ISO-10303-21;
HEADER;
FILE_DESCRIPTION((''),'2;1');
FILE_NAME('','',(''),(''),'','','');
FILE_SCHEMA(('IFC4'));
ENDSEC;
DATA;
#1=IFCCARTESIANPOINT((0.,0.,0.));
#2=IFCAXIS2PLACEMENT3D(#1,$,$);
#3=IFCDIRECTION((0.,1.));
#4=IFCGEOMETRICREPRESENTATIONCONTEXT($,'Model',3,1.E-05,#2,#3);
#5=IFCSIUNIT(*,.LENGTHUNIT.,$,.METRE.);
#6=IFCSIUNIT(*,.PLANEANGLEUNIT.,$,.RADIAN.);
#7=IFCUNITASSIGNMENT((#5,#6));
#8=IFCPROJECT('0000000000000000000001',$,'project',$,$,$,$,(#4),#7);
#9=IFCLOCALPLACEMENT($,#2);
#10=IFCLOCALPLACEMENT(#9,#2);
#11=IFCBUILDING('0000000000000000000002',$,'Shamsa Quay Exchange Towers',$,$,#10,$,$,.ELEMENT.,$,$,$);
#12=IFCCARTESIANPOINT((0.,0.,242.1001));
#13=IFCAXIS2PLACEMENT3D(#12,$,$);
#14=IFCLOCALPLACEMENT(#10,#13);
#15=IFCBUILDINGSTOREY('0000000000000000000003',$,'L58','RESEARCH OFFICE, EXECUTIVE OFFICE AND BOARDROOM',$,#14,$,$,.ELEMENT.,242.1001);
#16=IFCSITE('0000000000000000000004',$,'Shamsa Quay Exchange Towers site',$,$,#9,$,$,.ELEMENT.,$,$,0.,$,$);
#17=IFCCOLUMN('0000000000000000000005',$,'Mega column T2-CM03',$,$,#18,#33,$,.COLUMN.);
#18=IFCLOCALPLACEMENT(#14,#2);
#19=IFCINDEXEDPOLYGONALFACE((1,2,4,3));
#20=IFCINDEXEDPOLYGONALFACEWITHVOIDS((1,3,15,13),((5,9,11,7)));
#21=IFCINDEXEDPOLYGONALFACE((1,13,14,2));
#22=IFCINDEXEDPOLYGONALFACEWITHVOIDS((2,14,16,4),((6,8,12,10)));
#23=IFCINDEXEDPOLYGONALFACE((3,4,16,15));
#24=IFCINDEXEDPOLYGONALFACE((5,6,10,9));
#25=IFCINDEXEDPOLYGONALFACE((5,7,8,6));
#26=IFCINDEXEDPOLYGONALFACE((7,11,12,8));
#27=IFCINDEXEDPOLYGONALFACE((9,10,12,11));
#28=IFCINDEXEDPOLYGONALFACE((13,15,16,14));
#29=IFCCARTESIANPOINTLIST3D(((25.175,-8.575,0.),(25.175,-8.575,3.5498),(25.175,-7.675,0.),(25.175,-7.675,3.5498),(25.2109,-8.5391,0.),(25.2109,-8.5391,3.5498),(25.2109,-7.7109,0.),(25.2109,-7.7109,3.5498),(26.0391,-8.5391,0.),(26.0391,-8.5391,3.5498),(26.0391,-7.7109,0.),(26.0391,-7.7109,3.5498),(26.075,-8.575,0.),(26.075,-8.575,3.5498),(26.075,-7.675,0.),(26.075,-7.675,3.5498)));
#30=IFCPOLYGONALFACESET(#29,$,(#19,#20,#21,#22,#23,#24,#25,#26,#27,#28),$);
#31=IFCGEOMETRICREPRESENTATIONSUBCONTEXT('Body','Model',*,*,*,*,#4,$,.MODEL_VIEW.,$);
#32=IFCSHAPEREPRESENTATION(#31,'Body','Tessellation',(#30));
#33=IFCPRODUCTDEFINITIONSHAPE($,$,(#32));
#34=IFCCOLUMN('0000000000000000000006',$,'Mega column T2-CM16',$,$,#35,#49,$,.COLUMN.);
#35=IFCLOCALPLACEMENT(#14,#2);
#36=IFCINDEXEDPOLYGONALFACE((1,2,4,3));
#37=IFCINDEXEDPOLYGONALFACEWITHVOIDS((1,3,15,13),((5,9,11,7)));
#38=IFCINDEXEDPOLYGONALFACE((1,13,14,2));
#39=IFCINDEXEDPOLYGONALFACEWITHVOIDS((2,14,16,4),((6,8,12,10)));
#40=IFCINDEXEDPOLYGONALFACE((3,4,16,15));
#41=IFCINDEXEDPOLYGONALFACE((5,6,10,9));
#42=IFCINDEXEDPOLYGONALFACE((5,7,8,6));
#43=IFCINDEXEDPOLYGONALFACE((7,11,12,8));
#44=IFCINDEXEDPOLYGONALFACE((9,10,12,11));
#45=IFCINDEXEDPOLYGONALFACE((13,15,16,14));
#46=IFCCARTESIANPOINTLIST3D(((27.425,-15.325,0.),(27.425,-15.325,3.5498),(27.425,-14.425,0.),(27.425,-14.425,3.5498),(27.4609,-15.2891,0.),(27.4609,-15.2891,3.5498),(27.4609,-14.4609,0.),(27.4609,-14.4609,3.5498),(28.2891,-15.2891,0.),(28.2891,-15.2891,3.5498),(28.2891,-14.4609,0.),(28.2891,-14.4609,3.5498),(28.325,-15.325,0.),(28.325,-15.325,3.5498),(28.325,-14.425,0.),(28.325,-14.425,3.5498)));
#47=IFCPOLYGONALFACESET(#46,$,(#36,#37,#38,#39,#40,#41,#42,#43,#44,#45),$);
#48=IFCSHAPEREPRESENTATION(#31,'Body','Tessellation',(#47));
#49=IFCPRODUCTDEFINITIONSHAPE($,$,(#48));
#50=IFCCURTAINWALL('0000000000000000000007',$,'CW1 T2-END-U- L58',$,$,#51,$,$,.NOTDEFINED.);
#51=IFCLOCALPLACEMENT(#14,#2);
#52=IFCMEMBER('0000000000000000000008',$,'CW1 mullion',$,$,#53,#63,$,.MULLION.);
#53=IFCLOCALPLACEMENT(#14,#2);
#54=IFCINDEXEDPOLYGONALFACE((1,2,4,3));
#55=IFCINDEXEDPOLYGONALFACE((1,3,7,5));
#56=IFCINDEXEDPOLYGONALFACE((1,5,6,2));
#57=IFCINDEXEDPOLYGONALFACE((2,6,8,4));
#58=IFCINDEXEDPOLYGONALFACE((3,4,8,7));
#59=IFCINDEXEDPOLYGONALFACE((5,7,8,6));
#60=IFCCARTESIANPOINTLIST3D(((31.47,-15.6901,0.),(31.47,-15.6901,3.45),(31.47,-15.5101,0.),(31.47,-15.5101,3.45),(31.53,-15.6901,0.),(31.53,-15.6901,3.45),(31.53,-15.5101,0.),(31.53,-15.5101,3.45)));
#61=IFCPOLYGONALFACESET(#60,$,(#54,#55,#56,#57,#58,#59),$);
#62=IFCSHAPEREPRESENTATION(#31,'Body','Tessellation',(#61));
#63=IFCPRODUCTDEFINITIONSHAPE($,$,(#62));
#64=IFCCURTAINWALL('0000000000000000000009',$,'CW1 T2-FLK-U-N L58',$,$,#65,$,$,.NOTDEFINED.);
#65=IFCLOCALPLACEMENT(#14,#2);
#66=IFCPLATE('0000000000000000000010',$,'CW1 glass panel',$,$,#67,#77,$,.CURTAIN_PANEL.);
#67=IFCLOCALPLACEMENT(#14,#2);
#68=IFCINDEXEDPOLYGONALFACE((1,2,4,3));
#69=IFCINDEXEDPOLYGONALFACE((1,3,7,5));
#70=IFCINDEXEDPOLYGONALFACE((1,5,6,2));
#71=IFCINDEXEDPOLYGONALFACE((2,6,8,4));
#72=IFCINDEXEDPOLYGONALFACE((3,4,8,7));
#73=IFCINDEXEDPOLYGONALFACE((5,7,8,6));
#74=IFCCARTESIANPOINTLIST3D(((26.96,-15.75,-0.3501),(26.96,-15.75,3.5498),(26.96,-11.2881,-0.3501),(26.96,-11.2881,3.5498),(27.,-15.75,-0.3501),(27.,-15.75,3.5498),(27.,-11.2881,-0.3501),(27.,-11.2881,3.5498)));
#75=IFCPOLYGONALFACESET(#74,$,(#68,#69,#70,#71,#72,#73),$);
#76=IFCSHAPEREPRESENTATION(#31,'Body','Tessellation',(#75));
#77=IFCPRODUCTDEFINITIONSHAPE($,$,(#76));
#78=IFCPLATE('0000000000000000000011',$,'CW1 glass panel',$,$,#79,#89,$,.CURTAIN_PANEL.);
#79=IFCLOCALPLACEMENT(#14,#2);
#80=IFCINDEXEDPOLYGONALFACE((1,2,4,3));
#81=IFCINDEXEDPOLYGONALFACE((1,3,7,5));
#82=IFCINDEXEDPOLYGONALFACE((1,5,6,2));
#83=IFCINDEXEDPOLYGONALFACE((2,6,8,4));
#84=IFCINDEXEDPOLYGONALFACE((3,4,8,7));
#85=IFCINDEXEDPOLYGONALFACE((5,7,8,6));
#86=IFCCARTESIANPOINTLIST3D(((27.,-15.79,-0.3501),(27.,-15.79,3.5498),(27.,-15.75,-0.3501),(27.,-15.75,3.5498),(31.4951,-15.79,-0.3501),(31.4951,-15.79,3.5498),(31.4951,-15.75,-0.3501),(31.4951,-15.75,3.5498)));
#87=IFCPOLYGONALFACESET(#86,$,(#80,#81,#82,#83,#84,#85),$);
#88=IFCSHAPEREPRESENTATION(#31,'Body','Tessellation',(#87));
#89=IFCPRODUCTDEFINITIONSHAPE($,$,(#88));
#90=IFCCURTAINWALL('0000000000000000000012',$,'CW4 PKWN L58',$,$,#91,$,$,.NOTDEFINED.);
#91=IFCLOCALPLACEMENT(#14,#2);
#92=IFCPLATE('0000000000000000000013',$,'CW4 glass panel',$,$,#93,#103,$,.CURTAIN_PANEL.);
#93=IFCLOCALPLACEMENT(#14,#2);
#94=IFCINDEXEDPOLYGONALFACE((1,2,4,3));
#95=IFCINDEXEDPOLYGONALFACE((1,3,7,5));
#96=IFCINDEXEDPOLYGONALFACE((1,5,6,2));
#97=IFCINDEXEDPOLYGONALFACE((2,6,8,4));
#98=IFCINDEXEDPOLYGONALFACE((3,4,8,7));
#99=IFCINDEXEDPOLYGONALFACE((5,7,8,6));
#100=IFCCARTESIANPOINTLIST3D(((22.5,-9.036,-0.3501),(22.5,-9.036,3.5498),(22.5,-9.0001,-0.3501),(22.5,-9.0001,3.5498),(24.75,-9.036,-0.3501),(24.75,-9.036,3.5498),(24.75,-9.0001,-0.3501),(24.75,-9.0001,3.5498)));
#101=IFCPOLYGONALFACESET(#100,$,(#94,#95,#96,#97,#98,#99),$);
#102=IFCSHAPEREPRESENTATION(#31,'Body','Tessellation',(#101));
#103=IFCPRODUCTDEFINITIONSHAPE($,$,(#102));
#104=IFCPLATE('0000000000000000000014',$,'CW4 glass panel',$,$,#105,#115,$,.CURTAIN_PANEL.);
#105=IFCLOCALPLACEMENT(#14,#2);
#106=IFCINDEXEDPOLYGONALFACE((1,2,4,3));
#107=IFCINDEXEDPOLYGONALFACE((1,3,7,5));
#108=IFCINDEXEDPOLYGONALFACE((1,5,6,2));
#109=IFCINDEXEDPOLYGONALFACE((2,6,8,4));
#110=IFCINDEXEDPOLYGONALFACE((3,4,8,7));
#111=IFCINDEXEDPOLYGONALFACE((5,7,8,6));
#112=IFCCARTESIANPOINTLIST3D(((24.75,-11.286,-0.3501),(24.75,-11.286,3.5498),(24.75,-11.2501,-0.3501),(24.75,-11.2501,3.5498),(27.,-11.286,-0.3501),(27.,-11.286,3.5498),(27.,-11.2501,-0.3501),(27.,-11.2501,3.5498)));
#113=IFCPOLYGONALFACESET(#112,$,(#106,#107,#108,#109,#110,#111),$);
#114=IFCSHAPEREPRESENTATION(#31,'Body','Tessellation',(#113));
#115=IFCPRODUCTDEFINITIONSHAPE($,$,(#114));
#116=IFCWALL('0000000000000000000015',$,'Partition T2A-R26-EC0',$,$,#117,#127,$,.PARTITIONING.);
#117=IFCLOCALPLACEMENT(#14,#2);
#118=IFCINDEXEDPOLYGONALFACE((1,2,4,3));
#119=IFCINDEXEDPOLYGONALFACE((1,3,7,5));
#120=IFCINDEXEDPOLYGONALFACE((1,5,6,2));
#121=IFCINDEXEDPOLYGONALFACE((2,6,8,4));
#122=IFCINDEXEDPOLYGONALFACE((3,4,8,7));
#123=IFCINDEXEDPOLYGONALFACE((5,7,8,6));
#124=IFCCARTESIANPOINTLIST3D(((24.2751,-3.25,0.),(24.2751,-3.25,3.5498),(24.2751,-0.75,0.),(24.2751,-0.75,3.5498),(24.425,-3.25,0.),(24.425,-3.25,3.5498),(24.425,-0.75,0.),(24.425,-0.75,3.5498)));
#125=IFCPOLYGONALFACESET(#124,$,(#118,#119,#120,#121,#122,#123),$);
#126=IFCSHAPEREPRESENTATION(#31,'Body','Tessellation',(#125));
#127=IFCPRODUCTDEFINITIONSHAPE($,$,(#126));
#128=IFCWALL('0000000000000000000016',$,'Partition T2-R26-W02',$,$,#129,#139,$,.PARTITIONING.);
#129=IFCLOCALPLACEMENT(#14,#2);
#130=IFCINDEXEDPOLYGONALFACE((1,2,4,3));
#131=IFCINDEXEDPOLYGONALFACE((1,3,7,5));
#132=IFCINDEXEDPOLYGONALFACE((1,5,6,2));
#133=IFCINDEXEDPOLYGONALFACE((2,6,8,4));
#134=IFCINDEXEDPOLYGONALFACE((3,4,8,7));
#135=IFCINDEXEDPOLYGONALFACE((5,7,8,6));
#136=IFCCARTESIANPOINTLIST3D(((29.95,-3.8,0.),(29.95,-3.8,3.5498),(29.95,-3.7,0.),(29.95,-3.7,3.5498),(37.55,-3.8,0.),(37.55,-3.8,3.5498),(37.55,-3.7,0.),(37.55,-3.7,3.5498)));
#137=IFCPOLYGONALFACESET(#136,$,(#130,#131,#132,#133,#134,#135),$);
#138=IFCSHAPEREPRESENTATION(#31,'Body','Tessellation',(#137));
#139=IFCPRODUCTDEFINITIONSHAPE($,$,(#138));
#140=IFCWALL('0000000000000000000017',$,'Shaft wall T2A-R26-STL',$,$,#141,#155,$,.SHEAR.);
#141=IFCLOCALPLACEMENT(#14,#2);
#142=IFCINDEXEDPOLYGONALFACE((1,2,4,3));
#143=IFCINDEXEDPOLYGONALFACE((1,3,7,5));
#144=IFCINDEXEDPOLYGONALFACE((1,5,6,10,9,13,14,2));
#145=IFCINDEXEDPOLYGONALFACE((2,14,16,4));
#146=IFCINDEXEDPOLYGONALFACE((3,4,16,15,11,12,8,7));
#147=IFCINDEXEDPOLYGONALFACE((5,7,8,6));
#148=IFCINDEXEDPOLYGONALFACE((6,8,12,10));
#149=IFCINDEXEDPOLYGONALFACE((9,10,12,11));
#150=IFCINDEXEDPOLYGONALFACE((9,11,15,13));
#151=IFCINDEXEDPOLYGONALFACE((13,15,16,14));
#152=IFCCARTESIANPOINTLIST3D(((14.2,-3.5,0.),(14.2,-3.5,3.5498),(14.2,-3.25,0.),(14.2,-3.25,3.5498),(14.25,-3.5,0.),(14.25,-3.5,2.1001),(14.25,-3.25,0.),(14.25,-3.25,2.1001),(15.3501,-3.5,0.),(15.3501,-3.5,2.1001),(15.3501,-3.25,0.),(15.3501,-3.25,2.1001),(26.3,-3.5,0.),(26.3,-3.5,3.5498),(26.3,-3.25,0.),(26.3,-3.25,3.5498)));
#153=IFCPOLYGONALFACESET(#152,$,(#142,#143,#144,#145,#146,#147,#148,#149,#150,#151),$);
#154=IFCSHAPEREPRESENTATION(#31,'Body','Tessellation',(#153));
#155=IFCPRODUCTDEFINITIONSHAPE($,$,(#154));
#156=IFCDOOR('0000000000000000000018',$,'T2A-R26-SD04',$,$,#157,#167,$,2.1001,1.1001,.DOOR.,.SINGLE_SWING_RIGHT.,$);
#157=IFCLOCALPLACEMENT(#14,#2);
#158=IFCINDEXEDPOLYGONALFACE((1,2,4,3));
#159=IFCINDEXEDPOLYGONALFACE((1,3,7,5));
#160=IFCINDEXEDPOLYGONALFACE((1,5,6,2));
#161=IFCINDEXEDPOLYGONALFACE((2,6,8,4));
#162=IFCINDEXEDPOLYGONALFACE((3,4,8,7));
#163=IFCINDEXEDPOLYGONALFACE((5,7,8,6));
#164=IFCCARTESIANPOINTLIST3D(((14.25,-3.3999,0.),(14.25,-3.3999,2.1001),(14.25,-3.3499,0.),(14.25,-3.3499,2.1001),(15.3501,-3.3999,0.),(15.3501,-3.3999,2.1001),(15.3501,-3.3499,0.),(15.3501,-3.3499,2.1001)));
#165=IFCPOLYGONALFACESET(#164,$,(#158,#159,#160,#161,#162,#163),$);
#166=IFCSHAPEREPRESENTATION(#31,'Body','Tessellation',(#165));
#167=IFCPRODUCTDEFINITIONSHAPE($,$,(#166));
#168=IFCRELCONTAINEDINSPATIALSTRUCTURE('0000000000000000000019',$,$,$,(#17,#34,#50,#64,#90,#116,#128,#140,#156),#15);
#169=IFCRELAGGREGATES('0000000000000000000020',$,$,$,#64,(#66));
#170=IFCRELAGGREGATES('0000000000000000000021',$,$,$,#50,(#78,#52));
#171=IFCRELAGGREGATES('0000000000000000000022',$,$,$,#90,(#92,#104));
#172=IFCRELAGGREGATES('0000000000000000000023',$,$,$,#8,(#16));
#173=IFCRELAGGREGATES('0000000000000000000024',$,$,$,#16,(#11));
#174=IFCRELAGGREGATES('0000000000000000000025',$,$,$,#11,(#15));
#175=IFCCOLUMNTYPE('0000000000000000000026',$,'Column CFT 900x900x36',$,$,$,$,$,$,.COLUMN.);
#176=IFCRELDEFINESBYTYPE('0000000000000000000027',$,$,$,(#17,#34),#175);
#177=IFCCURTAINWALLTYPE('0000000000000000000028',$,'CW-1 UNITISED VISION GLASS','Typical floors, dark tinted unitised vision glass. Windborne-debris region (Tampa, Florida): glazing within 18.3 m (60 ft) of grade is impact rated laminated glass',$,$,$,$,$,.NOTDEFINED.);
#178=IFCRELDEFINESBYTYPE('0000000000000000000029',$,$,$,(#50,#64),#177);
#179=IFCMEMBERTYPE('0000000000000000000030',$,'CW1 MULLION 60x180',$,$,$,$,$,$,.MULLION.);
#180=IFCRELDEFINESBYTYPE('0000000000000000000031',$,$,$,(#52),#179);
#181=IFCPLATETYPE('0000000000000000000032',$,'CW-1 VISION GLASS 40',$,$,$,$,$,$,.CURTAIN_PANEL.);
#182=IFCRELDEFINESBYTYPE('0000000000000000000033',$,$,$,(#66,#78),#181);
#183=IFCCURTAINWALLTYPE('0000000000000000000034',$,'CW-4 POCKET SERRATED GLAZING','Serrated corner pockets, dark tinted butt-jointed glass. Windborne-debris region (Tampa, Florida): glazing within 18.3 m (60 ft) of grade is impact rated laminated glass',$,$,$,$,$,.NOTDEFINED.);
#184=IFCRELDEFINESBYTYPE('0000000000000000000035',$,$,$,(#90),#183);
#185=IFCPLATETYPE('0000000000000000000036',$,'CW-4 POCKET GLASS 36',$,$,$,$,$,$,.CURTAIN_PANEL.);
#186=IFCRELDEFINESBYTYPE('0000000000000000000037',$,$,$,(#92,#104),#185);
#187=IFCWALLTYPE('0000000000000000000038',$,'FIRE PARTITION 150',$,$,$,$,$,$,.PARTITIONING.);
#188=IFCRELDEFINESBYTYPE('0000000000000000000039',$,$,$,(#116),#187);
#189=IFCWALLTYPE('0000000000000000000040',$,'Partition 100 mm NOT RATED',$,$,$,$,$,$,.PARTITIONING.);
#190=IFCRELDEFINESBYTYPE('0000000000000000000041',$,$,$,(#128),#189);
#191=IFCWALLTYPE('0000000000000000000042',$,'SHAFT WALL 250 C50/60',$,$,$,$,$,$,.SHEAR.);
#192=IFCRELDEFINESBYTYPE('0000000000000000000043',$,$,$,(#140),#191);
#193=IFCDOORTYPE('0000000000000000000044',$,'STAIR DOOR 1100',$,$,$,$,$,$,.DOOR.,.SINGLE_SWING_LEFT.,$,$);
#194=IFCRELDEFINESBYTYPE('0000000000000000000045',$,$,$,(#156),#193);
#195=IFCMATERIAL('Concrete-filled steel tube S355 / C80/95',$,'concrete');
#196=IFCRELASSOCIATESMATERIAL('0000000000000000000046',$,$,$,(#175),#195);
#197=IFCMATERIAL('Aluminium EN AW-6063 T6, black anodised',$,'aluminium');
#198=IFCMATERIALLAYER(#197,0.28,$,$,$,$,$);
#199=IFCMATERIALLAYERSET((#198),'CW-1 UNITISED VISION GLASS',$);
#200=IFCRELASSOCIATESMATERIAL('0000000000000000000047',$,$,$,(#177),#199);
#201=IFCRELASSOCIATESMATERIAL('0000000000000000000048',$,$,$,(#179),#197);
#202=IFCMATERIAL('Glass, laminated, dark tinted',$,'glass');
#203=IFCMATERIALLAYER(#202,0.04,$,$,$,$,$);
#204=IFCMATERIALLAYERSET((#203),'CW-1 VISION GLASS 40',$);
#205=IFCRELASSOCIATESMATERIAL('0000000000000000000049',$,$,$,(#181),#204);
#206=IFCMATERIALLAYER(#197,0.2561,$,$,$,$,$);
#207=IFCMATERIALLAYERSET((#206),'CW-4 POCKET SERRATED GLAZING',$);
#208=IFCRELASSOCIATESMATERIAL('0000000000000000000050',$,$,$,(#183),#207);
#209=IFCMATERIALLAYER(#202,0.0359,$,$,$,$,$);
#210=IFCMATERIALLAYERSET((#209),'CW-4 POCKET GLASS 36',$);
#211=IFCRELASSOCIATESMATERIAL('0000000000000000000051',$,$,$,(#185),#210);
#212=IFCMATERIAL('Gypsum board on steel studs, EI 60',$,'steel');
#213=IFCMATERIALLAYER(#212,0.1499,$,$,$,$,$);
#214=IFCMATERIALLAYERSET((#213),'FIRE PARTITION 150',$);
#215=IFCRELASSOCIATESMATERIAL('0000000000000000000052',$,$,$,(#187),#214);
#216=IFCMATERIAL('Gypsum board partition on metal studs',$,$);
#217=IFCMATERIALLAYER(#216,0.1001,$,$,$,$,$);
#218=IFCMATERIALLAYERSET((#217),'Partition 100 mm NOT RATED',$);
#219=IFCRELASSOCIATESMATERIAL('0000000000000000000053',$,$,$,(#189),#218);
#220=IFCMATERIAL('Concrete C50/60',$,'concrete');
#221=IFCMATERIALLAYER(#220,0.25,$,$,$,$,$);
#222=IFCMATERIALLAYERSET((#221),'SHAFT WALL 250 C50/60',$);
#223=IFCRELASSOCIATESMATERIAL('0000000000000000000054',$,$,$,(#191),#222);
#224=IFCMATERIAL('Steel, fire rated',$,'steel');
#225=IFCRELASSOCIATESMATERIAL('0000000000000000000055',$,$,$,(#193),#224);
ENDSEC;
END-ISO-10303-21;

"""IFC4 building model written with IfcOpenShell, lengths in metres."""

from ifc_helpers import new_model, si_unit, direction, frame, frame_2d, origin, origin_2d, place, context, subcontext, project, spatial, rectangle, hollow_rectangle, extrude, material, layer, layer_set, material_profile, profile_set, type_object, element, fill, aggregate, save


model = new_model("IFC4")

# Units and contexts
model_context = context("Model", 3, precision=1e-05, world=origin(), true_north=direction((0.0, 1.0)))
body_context = subcontext(model_context, "Body", "Model", "MODEL_VIEW")
ifc_project = project(units=[si_unit("LENGTHUNIT", "METRE"), si_unit("PLANEANGLEUNIT", "RADIAN")], contexts=[model_context])

# Site, building, storey
site_placement = place(None, origin())
site = spatial("IfcSite", under=ifc_project, at=site_placement, Name="Shamsa Quay Exchange Towers site", CompositionType="ELEMENT", RefElevation=0.0)
building_placement = place(site_placement, origin())
building = spatial("IfcBuilding", under=site, at=building_placement, Name="Shamsa Quay Exchange Towers", CompositionType="ELEMENT")
storey_placement = place(building_placement, frame((0.0, 0.0, 242.1001)))
storey = spatial("IfcBuildingStorey", under=building, at=storey_placement, Name="L58", Description="RESEARCH OFFICE, EXECUTIVE OFFICE AND BOARDROOM", CompositionType="ELEMENT", Elevation=242.1001)

# Columns
ifc_material_1 = material(Name="Concrete-filled steel tube S355 / C80/95", Category="concrete")
ifc_material_profile_1 = material_profile(ifc_material_1, hollow_rectangle(XDim=0.8999, YDim=0.8999, WallThickness=0.0359, at=origin_2d()), Name="CFT 900x900x36")
ifc_profile_set_1 = profile_set([ifc_material_profile_1], Name="Concrete-filled steel tube S355 / C80/95")
column_type = type_object("IfcColumnType", Name="Column CFT 900x900x36", PredefinedType="COLUMN", material=ifc_profile_set_1)
for number, where, name in (
    (1, (25.625, -8.125, 0.0), "Mega column T2-CM03"),
    (2, (27.875, -14.875, 0.0), "Mega column T2-CM16"),
):
    element("IfcColumn", number, at=place(storey_placement, frame(where)), inside=storey, type_object=column_type, Name=name, PredefinedType="COLUMN", context=body_context, shape_type="SweptSolid", body=[
        extrude(hollow_rectangle(XDim=0.8999, YDim=0.8999, WallThickness=0.0359, at=origin_2d()), origin(), (0.0, 0.0, 1.0), 3.5498),
    ])

# Curtain wall, member
ifc_material_2 = material(Name="Aluminium EN AW-6063 T6, black anodised", Category="aluminium")
ifc_layer_1 = layer(ifc_material_2, 0.28)
ifc_layer_set_1 = layer_set([ifc_layer_1], Name="CW-1 UNITISED VISION GLASS")
curtain_wall_type_1 = type_object("IfcCurtainWallType", Name="CW-1 UNITISED VISION GLASS", Description="Typical floors, dark tinted unitised vision glass. Windborne-debris region (Tampa, Florida): glazing within 18.3 m (60 ft) of grade is impact rated laminated glass", PredefinedType="NOTDEFINED", material=ifc_layer_set_1)
curtain_wall_1_placement = place(storey_placement, origin())
curtain_wall_1 = element("IfcCurtainWall", 3, at=curtain_wall_1_placement, inside=storey, type_object=curtain_wall_type_1, Name="CW1 T2-END-U- L58", PredefinedType="NOTDEFINED")
ifc_material_profile_2 = material_profile(ifc_material_2, rectangle(XDim=0.1799, YDim=0.0601, at=origin_2d()), Name="MU60x180")
ifc_profile_set_2 = profile_set([ifc_material_profile_2], Name="Aluminium EN AW-6063 T6, black anodised")
member_type = type_object("IfcMemberType", Name="CW1 MULLION 60x180", PredefinedType="MULLION", material=ifc_profile_set_2)
member_placement = place(storey_placement, frame((31.5, -15.6001, 0.0), z_axis=(0.0, 0.0, 1.0), x_axis=(0.0, 1.0, 0.0)))
member = element("IfcMember", 4, at=member_placement, type_object=member_type, Name="CW1 mullion", PredefinedType="MULLION", context=body_context, shape_type="SweptSolid", body=[
    extrude(rectangle(XDim=0.1799, YDim=0.0601, at=origin_2d()), origin(), (0.0, 0.0, 1.0), 3.45),
])

# Curtain wall, plate
curtain_wall_2_placement = place(storey_placement, origin())
curtain_wall_2 = element("IfcCurtainWall", 5, at=curtain_wall_2_placement, inside=storey, type_object=curtain_wall_type_1, Name="CW1 T2-FLK-U-N L58", PredefinedType="NOTDEFINED")
ifc_material_3 = material(Name="Glass, laminated, dark tinted", Category="glass")
ifc_layer_2 = layer(ifc_material_3, 0.04)
ifc_layer_set_2 = layer_set([ifc_layer_2], Name="CW-1 VISION GLASS 40")
plate_type_1 = type_object("IfcPlateType", Name="CW-1 VISION GLASS 40", PredefinedType="CURTAIN_PANEL", material=ifc_layer_set_2)
plate_1_placement = place(storey_placement, frame((26.98, -13.519, -0.3501), z_axis=(0.0, 0.0, 1.0), x_axis=(0.0, -1.0, 0.0)))
plate_1 = element("IfcPlate", 6, at=plate_1_placement, type_object=plate_type_1, Name="CW1 glass panel", PredefinedType="CURTAIN_PANEL", context=body_context, shape_type="SweptSolid", body=[
    extrude(rectangle(XDim=4.4619, YDim=0.04, at=origin_2d()), origin(), (0.0, 0.0, 1.0), 3.8999),
])
aggregate(curtain_wall_2, [plate_1])

# Plate
plate_2_placement = place(storey_placement, frame((29.2476, -15.77, -0.3501)))
plate_2 = element("IfcPlate", 7, at=plate_2_placement, type_object=plate_type_1, Name="CW1 glass panel", PredefinedType="CURTAIN_PANEL", context=body_context, shape_type="SweptSolid", body=[
    extrude(rectangle(XDim=4.4951, YDim=0.04, at=origin_2d()), origin(), (0.0, 0.0, 1.0), 3.8999),
])
aggregate(curtain_wall_1, [plate_2, member])

# Curtain wall, plates
ifc_layer_3 = layer(ifc_material_2, 0.2561)
ifc_layer_set_3 = layer_set([ifc_layer_3], Name="CW-4 POCKET SERRATED GLAZING")
curtain_wall_type_2 = type_object("IfcCurtainWallType", Name="CW-4 POCKET SERRATED GLAZING", Description="Serrated corner pockets, dark tinted butt-jointed glass. Windborne-debris region (Tampa, Florida): glazing within 18.3 m (60 ft) of grade is impact rated laminated glass", PredefinedType="NOTDEFINED", material=ifc_layer_set_3)
curtain_wall_3_placement = place(storey_placement, origin())
curtain_wall_3 = element("IfcCurtainWall", 8, at=curtain_wall_3_placement, inside=storey, type_object=curtain_wall_type_2, Name="CW4 PKWN L58", PredefinedType="NOTDEFINED")
ifc_layer_4 = layer(ifc_material_3, 0.0359)
ifc_layer_set_4 = layer_set([ifc_layer_4], Name="CW-4 POCKET GLASS 36")
plate_type_2 = type_object("IfcPlateType", Name="CW-4 POCKET GLASS 36", PredefinedType="CURTAIN_PANEL", material=ifc_layer_set_4)
plate_3_placement = place(storey_placement, frame((23.625, -9.0181, -0.3501)))
plate_3 = element("IfcPlate", 9, at=plate_3_placement, type_object=plate_type_2, Name="CW4 glass panel", PredefinedType="CURTAIN_PANEL", context=body_context, shape_type="SweptSolid", body=[
    extrude(rectangle(XDim=2.25, YDim=0.0359, at=origin_2d()), origin(), (0.0, 0.0, 1.0), 3.8999),
])
plate_4_placement = place(storey_placement, frame((25.875, -11.2681, -0.3501)))
plate_4 = element("IfcPlate", 10, at=plate_4_placement, type_object=plate_type_2, Name="CW4 glass panel", PredefinedType="CURTAIN_PANEL", context=body_context, shape_type="SweptSolid", body=[
    extrude(rectangle(XDim=2.25, YDim=0.0359, at=origin_2d()), origin(), (0.0, 0.0, 1.0), 3.8999),
])
aggregate(curtain_wall_3, [plate_3, plate_4])

# Walls
ifc_material_4 = material(Name="Gypsum board on steel studs, EI 60", Category="steel")
ifc_layer_5 = layer(ifc_material_4, 0.1499)
ifc_layer_set_5 = layer_set([ifc_layer_5], Name="FIRE PARTITION 150")
wall_type_1 = type_object("IfcWallType", Name="FIRE PARTITION 150", PredefinedType="PARTITIONING", material=ifc_layer_set_5)
wall_1_placement = place(storey_placement, frame((24.3501, -3.25, 0.0), z_axis=(0.0, 0.0, 1.0), x_axis=(0.0, 1.0, 0.0)))
element("IfcWall", 11, at=wall_1_placement, inside=storey, type_object=wall_type_1, Name="Partition T2A-R26-EC0", PredefinedType="PARTITIONING", context=body_context, shape_type="SweptSolid", body=[
    extrude(rectangle(XDim=2.5, YDim=0.1499, at=frame_2d((1.25, 0.0))), origin(), (0.0, 0.0, 1.0), 3.5498),
])
ifc_material_5 = material(Name="Gypsum board partition on metal studs")
ifc_layer_6 = layer(ifc_material_5, 0.1001)
ifc_layer_set_6 = layer_set([ifc_layer_6], Name="Partition 100 mm NOT RATED")
wall_type_2 = type_object("IfcWallType", Name="Partition 100 mm NOT RATED", PredefinedType="PARTITIONING", material=ifc_layer_set_6)
wall_2_placement = place(storey_placement, frame((29.95, -3.75, 0.0)))
element("IfcWall", 12, at=wall_2_placement, inside=storey, type_object=wall_type_2, Name="Partition T2-R26-W02", PredefinedType="PARTITIONING", context=body_context, shape_type="SweptSolid", body=[
    extrude(rectangle(XDim=7.6001, YDim=0.1001, at=frame_2d((3.8, 0.0))), origin(), (0.0, 0.0, 1.0), 3.5498),
])

# Wall, opening, door
ifc_material_6 = material(Name="Concrete C50/60", Category="concrete")
ifc_layer_7 = layer(ifc_material_6, 0.25)
ifc_layer_set_7 = layer_set([ifc_layer_7], Name="SHAFT WALL 250 C50/60")
wall_type_3 = type_object("IfcWallType", Name="SHAFT WALL 250 C50/60", PredefinedType="SHEAR", material=ifc_layer_set_7)
wall_3_placement = place(storey_placement, frame((26.3, -3.375, 0.0), z_axis=(0.0, 0.0, 1.0), x_axis=(-1.0, 0.0, 0.0)))
wall_3 = element("IfcWall", 13, at=wall_3_placement, inside=storey, type_object=wall_type_3, Name="Shaft wall T2A-R26-STL", PredefinedType="SHEAR", context=body_context, shape_type="SweptSolid", body=[
    extrude(rectangle(XDim=12.1001, YDim=0.25, at=frame_2d((6.05, 0.0))), origin(), (0.0, 0.0, 1.0), 3.5498),
])
opening_1_placement = place(wall_3_placement, frame((10.95, 0.0, 0.0)))
opening_1 = element("IfcOpeningElement", 14, at=opening_1_placement, cuts=wall_3, PredefinedType="OPENING", context=body_context, shape_type="SweptSolid", body=[
    extrude(rectangle(XDim=1.1001, YDim=2.1001, at=frame_2d((0.55, 1.05))), frame((0.0, 0.135, 0.0), z_axis=(0.0, -1.0, 0.0), x_axis=(1.0, 0.0, 0.0)), (0.0, 0.0, 1.0), 0.27),
])
ifc_material_7 = material(Name="Steel, fire rated", Category="steel")
door_type_1 = type_object("IfcDoorType", Name="STAIR DOOR 1100", OperationType="SINGLE_SWING_LEFT", PredefinedType="DOOR", material=ifc_material_7)
door_1_placement = place(opening_1_placement, origin())
door_1 = element("IfcDoor", 15, at=door_1_placement, inside=storey, type_object=door_type_1, Name="T2A-R26-SD04", OperationType="SINGLE_SWING_RIGHT", OverallHeight=2.1001, OverallWidth=1.1001, PredefinedType="DOOR", context=body_context, shape_type="SweptSolid", body=[
    extrude(rectangle(XDim=1.1001, YDim=2.1001, at=frame_2d((0.55, 1.05))), frame((0.0, 0.0249, 0.0), z_axis=(0.0, -1.0, 0.0), x_axis=(1.0, 0.0, 0.0)), (0.0, 0.0, 1.0), 0.05),
])
fill(opening_1, door_1)

save(model, "model.ifc")
